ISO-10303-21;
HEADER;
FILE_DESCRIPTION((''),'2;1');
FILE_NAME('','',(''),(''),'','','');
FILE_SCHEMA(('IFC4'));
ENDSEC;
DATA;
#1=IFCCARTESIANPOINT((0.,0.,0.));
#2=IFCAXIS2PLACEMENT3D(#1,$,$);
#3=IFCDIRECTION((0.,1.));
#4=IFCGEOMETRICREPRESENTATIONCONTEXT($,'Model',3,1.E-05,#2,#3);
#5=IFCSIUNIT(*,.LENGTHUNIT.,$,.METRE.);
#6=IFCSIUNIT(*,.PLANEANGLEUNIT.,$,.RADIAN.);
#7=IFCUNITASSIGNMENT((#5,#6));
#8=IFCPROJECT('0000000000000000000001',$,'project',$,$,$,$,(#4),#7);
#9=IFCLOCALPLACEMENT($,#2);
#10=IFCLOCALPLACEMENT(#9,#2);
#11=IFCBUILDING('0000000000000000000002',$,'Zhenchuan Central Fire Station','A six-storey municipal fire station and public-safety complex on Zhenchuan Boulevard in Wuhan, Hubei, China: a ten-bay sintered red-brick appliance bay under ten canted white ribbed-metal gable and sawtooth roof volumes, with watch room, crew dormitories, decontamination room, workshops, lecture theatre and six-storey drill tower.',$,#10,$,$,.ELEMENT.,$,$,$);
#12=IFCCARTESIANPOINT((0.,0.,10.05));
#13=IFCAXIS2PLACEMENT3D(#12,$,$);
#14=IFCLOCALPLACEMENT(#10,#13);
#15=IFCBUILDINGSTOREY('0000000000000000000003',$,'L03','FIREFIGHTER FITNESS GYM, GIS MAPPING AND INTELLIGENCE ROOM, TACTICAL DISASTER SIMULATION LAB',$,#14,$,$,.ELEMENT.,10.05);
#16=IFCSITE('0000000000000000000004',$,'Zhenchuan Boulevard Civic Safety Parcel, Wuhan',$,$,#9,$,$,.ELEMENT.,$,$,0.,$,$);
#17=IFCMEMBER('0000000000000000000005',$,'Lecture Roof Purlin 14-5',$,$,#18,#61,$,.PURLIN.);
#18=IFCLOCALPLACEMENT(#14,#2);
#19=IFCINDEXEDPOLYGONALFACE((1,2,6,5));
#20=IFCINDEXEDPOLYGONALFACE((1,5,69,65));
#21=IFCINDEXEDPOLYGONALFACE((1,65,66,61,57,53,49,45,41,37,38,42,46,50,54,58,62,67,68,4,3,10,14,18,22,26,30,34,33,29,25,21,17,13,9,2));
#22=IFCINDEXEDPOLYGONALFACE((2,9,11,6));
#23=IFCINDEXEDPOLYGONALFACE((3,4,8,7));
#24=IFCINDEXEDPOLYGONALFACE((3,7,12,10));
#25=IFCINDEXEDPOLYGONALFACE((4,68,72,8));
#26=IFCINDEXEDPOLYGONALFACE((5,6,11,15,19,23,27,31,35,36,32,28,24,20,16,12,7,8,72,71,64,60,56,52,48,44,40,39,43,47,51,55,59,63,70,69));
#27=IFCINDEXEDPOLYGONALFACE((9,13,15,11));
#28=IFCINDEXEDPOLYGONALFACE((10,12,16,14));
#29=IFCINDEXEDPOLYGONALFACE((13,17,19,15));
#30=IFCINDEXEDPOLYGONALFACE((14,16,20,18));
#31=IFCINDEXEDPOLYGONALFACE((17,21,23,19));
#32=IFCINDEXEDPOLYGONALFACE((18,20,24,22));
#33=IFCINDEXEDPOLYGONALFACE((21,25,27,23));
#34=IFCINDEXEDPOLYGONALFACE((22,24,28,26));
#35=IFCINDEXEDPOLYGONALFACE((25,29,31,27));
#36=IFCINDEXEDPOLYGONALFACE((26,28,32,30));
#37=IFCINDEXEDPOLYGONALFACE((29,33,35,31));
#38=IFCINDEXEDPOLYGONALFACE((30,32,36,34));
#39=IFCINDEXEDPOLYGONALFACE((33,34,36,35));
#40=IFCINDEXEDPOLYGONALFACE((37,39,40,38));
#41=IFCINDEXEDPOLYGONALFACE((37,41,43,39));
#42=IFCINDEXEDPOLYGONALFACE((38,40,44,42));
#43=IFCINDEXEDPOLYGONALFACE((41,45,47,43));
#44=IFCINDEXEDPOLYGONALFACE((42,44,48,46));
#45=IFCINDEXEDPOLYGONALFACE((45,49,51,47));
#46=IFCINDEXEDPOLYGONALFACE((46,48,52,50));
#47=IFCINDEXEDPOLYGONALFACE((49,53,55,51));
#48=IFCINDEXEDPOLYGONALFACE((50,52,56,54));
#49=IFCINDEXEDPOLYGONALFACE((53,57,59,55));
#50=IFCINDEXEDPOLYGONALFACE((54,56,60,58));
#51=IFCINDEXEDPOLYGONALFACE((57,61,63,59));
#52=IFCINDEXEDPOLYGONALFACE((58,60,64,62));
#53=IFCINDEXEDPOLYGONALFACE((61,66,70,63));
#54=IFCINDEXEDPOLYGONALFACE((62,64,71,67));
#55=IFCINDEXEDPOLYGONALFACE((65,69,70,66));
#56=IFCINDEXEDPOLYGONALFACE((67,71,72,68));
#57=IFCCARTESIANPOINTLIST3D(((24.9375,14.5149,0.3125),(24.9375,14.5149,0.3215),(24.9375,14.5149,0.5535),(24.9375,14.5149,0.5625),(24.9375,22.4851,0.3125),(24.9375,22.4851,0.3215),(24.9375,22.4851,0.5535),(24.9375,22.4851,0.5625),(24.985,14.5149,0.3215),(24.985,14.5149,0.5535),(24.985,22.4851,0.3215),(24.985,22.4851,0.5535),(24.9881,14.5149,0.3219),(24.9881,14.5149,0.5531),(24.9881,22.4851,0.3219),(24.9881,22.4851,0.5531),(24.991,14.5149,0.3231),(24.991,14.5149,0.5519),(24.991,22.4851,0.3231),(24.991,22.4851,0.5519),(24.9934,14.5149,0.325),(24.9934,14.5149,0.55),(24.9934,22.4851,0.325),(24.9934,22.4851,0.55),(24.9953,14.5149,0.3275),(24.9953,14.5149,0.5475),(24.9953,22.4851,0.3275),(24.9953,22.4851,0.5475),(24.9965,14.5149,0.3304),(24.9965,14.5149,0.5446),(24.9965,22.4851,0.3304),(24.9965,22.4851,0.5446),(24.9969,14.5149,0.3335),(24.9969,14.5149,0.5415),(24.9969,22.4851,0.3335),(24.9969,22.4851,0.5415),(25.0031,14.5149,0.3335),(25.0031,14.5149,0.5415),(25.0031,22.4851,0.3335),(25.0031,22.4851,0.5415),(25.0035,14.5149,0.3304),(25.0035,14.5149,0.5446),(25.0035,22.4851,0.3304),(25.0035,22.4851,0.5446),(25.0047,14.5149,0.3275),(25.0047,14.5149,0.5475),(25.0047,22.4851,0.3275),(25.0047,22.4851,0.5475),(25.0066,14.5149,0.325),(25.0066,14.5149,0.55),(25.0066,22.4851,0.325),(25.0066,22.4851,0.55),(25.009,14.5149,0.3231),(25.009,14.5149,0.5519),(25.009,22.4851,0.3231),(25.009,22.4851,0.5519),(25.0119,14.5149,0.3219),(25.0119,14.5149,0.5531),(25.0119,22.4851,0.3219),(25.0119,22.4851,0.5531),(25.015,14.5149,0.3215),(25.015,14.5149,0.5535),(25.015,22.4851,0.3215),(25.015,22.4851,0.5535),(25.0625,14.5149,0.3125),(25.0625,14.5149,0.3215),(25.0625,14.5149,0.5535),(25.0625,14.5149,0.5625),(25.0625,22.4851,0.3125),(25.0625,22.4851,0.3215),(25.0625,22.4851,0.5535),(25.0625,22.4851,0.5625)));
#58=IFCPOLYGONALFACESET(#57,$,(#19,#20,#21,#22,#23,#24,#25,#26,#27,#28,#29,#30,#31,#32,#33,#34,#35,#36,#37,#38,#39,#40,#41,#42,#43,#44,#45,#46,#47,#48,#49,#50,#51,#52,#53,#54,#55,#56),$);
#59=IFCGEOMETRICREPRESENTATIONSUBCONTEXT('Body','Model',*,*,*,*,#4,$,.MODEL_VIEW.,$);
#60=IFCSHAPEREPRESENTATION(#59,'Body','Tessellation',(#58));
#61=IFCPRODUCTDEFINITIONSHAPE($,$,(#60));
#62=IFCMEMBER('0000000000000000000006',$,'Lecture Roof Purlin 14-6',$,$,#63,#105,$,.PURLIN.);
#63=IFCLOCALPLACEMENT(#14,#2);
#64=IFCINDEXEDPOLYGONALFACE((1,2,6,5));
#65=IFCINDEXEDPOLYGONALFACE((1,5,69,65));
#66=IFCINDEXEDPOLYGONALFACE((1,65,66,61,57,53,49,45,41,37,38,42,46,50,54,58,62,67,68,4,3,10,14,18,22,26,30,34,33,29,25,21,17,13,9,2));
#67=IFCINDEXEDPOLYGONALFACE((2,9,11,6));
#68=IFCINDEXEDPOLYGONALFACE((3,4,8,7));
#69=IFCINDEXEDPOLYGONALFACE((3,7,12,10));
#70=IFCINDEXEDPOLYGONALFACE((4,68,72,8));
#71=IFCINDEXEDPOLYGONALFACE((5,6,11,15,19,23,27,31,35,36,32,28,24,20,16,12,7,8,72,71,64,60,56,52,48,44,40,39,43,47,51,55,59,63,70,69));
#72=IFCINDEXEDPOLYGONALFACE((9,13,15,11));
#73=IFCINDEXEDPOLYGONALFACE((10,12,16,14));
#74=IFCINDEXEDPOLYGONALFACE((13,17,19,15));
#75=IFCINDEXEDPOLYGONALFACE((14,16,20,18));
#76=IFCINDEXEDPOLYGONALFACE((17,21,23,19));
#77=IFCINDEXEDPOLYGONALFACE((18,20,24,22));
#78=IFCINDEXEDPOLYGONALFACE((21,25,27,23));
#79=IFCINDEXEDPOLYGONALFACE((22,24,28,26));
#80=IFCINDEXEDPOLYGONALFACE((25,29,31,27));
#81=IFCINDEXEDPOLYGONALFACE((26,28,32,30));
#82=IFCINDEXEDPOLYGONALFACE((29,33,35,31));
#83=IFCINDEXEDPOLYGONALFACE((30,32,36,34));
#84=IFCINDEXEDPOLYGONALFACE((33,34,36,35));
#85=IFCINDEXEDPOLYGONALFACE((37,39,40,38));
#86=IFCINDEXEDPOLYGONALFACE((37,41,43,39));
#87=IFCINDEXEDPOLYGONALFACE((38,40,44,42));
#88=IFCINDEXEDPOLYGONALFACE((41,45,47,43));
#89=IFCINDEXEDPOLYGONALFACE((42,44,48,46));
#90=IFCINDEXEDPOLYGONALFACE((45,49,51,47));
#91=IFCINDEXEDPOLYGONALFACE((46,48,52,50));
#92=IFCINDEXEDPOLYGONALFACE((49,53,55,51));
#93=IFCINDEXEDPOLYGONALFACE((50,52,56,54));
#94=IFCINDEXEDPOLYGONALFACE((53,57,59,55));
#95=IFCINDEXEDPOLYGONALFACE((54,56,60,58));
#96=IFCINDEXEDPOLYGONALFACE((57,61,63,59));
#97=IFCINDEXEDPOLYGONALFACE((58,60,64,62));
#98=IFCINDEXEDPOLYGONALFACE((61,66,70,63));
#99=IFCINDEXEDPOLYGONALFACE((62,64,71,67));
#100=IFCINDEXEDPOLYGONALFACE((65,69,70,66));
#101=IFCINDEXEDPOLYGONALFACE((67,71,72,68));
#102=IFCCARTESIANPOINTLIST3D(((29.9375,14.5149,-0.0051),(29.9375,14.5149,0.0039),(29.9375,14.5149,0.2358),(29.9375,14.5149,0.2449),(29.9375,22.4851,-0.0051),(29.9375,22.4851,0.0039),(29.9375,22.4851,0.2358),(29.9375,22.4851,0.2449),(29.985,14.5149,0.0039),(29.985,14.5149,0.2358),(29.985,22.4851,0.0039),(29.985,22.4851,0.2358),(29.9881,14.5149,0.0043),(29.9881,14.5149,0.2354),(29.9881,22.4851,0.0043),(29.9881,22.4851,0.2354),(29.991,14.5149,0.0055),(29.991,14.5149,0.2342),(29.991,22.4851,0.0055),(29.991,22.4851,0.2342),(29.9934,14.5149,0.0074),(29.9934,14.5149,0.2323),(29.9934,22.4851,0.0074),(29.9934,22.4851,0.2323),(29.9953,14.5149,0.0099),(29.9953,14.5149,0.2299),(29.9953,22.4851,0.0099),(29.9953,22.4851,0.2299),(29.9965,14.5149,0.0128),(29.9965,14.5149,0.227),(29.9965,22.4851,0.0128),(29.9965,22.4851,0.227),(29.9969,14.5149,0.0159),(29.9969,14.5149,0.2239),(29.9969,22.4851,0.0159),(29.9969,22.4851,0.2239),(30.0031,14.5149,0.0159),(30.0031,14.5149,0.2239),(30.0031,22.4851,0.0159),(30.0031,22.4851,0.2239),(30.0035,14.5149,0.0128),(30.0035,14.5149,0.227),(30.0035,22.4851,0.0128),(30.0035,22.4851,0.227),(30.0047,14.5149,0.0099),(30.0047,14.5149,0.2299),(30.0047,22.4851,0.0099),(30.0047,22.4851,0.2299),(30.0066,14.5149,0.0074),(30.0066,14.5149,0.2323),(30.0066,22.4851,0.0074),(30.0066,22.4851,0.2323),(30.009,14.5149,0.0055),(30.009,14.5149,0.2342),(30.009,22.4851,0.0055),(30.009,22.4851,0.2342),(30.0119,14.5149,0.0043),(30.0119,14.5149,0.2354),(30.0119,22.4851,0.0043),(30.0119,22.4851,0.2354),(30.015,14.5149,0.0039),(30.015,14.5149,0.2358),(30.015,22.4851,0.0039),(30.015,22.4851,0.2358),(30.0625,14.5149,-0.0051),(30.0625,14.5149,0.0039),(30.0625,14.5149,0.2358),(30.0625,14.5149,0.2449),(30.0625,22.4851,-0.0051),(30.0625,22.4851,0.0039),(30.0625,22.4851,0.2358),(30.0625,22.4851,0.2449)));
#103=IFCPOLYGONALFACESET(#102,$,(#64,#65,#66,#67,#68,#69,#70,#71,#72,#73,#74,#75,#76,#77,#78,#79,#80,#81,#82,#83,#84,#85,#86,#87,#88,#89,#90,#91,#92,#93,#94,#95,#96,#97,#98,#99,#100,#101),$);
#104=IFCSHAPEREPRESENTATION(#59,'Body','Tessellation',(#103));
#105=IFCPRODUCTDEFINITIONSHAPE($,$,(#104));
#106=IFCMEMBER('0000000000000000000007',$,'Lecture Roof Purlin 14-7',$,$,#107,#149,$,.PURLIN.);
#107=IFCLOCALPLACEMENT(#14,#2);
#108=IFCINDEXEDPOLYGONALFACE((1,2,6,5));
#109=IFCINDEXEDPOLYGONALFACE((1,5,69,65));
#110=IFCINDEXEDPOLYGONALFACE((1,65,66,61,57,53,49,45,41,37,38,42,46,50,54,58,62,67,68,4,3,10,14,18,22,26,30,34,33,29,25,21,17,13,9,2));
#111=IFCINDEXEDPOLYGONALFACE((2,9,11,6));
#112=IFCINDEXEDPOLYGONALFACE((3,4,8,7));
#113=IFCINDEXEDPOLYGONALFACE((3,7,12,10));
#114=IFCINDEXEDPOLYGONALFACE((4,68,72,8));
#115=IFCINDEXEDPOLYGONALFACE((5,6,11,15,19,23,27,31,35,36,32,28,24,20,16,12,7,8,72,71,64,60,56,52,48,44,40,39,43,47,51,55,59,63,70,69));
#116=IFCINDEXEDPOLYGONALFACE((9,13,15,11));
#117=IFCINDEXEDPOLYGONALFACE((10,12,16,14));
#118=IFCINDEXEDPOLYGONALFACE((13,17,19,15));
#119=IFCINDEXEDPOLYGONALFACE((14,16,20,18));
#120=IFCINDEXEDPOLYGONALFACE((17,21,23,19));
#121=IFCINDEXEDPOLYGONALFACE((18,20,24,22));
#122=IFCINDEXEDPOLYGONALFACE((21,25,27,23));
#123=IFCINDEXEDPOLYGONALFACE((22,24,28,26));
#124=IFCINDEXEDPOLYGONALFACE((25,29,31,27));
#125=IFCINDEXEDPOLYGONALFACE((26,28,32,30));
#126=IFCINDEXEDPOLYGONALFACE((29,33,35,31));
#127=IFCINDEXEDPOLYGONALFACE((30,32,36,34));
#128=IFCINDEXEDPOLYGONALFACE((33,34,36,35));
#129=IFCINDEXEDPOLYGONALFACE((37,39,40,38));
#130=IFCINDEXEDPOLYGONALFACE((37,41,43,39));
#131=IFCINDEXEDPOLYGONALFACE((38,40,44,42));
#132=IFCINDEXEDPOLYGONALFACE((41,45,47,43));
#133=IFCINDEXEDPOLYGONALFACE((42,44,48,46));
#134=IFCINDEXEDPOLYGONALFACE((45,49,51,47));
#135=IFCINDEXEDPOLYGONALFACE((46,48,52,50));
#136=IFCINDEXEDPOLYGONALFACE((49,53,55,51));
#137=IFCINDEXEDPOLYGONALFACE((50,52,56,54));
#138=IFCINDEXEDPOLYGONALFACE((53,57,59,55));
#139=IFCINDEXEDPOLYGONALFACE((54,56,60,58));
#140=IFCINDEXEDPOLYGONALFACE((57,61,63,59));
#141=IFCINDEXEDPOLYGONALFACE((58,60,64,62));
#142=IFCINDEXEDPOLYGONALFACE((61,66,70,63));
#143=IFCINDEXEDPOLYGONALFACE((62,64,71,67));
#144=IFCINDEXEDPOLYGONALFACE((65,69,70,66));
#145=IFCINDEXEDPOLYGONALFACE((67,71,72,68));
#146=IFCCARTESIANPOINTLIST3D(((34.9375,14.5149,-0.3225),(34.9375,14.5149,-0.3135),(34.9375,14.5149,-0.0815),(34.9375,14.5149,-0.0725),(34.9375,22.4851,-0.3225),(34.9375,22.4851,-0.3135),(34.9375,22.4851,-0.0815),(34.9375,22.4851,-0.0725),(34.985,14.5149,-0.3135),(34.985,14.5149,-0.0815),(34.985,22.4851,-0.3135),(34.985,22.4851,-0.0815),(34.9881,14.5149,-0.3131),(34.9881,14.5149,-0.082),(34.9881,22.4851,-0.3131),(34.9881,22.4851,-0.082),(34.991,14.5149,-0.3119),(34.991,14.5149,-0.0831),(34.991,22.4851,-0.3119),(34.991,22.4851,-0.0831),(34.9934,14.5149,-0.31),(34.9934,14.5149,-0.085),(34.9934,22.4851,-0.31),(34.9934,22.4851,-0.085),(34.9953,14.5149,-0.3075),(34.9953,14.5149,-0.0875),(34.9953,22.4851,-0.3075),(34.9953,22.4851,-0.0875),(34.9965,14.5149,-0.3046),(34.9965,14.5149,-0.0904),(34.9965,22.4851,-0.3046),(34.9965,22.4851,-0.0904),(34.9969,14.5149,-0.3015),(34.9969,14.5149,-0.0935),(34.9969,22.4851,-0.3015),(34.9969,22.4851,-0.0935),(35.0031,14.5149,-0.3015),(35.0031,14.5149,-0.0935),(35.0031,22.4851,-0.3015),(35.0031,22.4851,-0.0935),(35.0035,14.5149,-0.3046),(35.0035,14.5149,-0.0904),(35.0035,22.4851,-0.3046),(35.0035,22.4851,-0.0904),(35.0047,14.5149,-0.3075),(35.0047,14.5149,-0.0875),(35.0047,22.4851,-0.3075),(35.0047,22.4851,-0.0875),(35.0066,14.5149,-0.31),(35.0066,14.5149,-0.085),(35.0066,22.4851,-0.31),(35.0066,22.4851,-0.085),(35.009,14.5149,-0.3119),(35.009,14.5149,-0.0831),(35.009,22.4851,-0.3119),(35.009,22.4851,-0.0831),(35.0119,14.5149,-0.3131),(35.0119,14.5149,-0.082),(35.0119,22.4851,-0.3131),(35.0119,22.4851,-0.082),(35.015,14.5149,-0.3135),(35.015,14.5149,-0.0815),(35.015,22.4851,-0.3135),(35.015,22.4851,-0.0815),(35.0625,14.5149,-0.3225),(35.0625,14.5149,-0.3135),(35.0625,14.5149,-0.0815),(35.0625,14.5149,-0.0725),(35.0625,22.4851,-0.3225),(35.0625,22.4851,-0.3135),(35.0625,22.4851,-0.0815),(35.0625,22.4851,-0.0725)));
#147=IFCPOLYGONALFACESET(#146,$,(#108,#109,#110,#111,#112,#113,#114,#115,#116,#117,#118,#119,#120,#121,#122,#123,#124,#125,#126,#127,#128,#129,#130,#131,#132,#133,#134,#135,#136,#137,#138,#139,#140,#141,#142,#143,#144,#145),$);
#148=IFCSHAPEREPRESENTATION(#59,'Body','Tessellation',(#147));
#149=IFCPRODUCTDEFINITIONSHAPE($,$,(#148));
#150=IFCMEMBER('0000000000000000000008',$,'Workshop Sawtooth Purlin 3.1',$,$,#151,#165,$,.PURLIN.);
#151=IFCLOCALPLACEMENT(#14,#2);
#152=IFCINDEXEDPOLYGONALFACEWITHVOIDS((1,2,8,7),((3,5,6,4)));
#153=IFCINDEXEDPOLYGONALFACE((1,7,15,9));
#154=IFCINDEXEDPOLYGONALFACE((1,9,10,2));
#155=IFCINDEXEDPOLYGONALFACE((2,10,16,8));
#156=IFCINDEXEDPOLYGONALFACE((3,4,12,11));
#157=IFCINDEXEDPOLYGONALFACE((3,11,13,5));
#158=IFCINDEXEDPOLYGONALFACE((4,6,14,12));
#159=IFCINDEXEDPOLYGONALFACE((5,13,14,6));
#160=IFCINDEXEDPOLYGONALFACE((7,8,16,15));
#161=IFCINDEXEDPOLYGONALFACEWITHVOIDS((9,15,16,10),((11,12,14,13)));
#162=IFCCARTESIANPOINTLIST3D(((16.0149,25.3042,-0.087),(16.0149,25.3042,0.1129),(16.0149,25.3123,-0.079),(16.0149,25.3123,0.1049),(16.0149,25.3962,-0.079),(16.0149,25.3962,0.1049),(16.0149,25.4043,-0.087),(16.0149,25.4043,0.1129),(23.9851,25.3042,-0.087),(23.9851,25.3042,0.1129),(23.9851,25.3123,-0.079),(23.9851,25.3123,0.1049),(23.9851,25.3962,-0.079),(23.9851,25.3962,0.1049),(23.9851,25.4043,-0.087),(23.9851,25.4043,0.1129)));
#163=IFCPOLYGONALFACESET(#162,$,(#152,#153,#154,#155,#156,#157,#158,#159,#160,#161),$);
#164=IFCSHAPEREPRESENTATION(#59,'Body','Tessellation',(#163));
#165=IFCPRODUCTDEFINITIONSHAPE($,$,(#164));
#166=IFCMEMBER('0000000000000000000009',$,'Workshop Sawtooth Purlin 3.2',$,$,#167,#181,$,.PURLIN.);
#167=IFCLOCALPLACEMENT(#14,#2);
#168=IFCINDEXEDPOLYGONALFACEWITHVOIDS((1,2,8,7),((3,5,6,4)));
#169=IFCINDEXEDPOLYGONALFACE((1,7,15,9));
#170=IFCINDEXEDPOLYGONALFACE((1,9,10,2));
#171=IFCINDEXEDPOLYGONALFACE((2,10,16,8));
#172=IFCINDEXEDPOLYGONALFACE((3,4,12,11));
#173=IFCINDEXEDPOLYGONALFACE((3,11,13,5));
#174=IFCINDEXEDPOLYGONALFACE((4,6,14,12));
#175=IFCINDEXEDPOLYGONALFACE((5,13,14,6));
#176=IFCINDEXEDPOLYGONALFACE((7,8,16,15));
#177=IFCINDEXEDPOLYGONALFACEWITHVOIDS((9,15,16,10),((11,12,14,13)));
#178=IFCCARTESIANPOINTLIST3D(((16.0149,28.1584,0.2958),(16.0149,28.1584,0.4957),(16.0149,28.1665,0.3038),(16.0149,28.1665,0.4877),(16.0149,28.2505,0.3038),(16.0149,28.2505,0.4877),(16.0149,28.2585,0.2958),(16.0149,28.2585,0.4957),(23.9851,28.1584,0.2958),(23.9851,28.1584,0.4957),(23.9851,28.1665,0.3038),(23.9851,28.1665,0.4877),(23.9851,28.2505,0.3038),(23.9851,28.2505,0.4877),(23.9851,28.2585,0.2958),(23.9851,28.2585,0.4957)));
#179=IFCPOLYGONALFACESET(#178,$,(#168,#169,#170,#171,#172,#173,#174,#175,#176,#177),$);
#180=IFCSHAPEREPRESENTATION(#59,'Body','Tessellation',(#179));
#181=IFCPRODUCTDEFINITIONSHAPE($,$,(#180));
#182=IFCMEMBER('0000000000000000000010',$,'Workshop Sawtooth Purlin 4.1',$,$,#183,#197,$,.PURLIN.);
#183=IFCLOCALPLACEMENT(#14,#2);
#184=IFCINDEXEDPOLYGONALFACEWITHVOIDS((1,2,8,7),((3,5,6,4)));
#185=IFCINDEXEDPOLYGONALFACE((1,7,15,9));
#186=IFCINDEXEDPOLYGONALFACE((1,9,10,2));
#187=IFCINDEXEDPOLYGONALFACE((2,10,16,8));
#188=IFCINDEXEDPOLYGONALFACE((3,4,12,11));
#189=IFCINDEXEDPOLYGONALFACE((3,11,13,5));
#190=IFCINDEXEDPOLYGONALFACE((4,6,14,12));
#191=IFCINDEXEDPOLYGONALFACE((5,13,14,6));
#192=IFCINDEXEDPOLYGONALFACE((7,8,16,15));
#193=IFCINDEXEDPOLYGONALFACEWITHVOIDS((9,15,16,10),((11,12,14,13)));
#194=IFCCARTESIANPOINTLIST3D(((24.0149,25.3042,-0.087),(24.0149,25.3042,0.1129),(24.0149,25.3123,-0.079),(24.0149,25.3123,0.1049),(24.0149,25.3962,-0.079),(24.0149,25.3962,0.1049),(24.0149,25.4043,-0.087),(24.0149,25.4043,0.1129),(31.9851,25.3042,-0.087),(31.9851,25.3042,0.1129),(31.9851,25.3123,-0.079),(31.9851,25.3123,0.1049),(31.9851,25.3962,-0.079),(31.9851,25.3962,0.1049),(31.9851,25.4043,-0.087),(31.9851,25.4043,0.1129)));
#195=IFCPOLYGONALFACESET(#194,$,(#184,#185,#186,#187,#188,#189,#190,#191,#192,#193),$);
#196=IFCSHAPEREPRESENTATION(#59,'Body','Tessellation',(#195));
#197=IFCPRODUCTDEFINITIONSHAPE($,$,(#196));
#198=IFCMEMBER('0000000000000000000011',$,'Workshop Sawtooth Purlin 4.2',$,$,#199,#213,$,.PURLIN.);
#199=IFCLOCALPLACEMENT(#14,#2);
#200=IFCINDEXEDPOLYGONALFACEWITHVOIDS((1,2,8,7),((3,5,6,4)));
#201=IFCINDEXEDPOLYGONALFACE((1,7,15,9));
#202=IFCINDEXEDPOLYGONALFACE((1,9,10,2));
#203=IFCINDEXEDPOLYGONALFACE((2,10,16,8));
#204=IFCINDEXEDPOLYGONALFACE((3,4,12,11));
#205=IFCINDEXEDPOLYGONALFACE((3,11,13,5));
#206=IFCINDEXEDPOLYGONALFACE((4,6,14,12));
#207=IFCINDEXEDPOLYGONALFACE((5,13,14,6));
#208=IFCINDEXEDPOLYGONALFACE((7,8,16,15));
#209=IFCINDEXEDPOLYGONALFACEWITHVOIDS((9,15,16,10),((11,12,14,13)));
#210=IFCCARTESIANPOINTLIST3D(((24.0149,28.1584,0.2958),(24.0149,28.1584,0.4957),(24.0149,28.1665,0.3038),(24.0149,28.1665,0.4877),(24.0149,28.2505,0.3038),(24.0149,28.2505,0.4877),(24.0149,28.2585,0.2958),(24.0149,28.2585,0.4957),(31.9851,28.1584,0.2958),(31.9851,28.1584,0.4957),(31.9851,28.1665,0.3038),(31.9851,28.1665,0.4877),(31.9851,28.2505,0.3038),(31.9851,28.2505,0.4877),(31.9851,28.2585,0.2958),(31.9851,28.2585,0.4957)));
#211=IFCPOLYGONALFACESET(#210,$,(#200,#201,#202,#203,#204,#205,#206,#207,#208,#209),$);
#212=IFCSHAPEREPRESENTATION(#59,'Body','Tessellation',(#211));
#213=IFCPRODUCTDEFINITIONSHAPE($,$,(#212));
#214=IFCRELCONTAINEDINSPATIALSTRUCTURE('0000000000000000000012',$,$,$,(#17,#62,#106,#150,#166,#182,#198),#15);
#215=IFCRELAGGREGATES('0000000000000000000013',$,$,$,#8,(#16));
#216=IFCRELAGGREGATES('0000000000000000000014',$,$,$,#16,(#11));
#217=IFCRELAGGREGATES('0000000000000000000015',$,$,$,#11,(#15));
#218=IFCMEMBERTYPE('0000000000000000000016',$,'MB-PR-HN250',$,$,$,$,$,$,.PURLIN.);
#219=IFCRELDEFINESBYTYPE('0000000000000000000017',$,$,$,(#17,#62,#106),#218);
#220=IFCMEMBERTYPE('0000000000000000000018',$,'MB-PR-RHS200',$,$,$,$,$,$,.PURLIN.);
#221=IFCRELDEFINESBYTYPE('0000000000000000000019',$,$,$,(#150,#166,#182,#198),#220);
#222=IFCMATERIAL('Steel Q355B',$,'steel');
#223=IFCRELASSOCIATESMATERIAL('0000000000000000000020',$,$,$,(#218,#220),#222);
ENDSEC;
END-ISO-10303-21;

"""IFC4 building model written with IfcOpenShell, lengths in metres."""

from ifc_helpers import new_model, si_unit, direction, frame, origin, origin_2d, place, context, subcontext, project, spatial, hollow_rectangle, i_section, extrude, material, material_profile, profile_set, type_object, element, save


model = new_model("IFC4")

# Units and contexts
model_context = context("Model", 3, precision=1e-05, world=origin(), true_north=direction((0.0, 1.0)))
body_context = subcontext(model_context, "Body", "Model", "MODEL_VIEW")
ifc_project = project(units=[si_unit("LENGTHUNIT", "METRE"), si_unit("PLANEANGLEUNIT", "RADIAN")], contexts=[model_context])

# Site, building, storey
site_placement = place(None, origin())
site = spatial("IfcSite", under=ifc_project, at=site_placement, Name="Zhenchuan Boulevard Civic Safety Parcel, Wuhan", CompositionType="ELEMENT", RefElevation=0.0)
building_placement = place(site_placement, origin())
building = spatial("IfcBuilding", under=site, at=building_placement, Name="Zhenchuan Central Fire Station", Description="A six-storey municipal fire station and public-safety complex on Zhenchuan Boulevard in Wuhan, Hubei, China: a ten-bay sintered red-brick appliance bay under ten canted white ribbed-metal gable and sawtooth roof volumes, with watch room, crew dormitories, decontamination room, workshops, lecture theatre and six-storey drill tower.", CompositionType="ELEMENT")
storey_placement = place(building_placement, frame((0.0, 0.0, 10.05)))
storey = spatial("IfcBuildingStorey", under=building, at=storey_placement, Name="L03", Description="FIREFIGHTER FITNESS GYM, GIS MAPPING AND INTELLIGENCE ROOM, TACTICAL DISASTER SIMULATION LAB", CompositionType="ELEMENT", Elevation=10.05)

# Shared definitions
ifc_material_1 = material(Name="Steel Q355B", Category="steel")

# Members
ifc_material_profile_1 = material_profile(ifc_material_1, i_section(OverallWidth=0.125, OverallDepth=0.25, WebThickness=0.0061, FlangeThickness=0.009, FilletRadius=0.012, at=origin_2d()), Name="HN 250x125")
ifc_profile_set_1 = profile_set([ifc_material_profile_1], Name="Steel Q355B")
member_type_1 = type_object("IfcMemberType", Name="MB-PR-HN250", PredefinedType="PURLIN", material=ifc_profile_set_1)
for number, where, z_axis, x_axis, name in (
    (1, (25.0, 14.5149, 0.4375), (0.0, 1.0, 0.0), (-1.0, 0.0, 0.0), "Lecture Roof Purlin 14-5"),
    (2, (30.0, 14.5149, 0.1199), (0.0, 1.0, 0.0), (-1.0, 0.0, 0.0), "Lecture Roof Purlin 14-6"),
    (3, (35.0, 14.5149, -0.1975), (0.0, 1.0, 0.0), (-1.0, 0.0, 0.0), "Lecture Roof Purlin 14-7"),
):
    element("IfcMember", number, at=place(storey_placement, frame(where, z_axis=z_axis, x_axis=x_axis)), inside=storey, type_object=member_type_1, Name=name, PredefinedType="PURLIN", context=body_context, shape_type="SweptSolid", body=[
        extrude(i_section(OverallWidth=0.125, OverallDepth=0.25, WebThickness=0.0061, FlangeThickness=0.009, FilletRadius=0.012, at=origin_2d()), origin(), (0.0, 0.0, 1.0), 7.9702),
    ])
ifc_material_profile_2 = material_profile(ifc_material_1, hollow_rectangle(XDim=0.1001, YDim=0.2, WallThickness=0.0081, at=origin_2d()), Name="RHS 200x100x8")
ifc_profile_set_2 = profile_set([ifc_material_profile_2], Name="Steel Q355B")
member_type_2 = type_object("IfcMemberType", Name="MB-PR-RHS200", PredefinedType="PURLIN", material=ifc_profile_set_2)
for number, where, z_axis, x_axis, name in (
    (4, (16.0149, 25.3542, 0.0129), (1.0, 0.0, 0.0), (0.0, 1.0, 0.0), "Workshop Sawtooth Purlin 3.1"),
    (5, (16.0149, 28.2085, 0.3958), (1.0, 0.0, 0.0), (0.0, 1.0, 0.0), "Workshop Sawtooth Purlin 3.2"),
    (6, (24.0149, 25.3542, 0.0129), (1.0, 0.0, 0.0), (0.0, 1.0, 0.0), "Workshop Sawtooth Purlin 4.1"),
    (7, (24.0149, 28.2085, 0.3958), (1.0, 0.0, 0.0), (0.0, 1.0, 0.0), "Workshop Sawtooth Purlin 4.2"),
):
    element("IfcMember", number, at=place(storey_placement, frame(where, z_axis=z_axis, x_axis=x_axis)), inside=storey, type_object=member_type_2, Name=name, PredefinedType="PURLIN", context=body_context, shape_type="SweptSolid", body=[
        extrude(hollow_rectangle(XDim=0.1001, YDim=0.2, WallThickness=0.0081, at=origin_2d()), origin(), (0.0, 0.0, 1.0), 7.9702),
    ])

save(model, "model.ifc")
